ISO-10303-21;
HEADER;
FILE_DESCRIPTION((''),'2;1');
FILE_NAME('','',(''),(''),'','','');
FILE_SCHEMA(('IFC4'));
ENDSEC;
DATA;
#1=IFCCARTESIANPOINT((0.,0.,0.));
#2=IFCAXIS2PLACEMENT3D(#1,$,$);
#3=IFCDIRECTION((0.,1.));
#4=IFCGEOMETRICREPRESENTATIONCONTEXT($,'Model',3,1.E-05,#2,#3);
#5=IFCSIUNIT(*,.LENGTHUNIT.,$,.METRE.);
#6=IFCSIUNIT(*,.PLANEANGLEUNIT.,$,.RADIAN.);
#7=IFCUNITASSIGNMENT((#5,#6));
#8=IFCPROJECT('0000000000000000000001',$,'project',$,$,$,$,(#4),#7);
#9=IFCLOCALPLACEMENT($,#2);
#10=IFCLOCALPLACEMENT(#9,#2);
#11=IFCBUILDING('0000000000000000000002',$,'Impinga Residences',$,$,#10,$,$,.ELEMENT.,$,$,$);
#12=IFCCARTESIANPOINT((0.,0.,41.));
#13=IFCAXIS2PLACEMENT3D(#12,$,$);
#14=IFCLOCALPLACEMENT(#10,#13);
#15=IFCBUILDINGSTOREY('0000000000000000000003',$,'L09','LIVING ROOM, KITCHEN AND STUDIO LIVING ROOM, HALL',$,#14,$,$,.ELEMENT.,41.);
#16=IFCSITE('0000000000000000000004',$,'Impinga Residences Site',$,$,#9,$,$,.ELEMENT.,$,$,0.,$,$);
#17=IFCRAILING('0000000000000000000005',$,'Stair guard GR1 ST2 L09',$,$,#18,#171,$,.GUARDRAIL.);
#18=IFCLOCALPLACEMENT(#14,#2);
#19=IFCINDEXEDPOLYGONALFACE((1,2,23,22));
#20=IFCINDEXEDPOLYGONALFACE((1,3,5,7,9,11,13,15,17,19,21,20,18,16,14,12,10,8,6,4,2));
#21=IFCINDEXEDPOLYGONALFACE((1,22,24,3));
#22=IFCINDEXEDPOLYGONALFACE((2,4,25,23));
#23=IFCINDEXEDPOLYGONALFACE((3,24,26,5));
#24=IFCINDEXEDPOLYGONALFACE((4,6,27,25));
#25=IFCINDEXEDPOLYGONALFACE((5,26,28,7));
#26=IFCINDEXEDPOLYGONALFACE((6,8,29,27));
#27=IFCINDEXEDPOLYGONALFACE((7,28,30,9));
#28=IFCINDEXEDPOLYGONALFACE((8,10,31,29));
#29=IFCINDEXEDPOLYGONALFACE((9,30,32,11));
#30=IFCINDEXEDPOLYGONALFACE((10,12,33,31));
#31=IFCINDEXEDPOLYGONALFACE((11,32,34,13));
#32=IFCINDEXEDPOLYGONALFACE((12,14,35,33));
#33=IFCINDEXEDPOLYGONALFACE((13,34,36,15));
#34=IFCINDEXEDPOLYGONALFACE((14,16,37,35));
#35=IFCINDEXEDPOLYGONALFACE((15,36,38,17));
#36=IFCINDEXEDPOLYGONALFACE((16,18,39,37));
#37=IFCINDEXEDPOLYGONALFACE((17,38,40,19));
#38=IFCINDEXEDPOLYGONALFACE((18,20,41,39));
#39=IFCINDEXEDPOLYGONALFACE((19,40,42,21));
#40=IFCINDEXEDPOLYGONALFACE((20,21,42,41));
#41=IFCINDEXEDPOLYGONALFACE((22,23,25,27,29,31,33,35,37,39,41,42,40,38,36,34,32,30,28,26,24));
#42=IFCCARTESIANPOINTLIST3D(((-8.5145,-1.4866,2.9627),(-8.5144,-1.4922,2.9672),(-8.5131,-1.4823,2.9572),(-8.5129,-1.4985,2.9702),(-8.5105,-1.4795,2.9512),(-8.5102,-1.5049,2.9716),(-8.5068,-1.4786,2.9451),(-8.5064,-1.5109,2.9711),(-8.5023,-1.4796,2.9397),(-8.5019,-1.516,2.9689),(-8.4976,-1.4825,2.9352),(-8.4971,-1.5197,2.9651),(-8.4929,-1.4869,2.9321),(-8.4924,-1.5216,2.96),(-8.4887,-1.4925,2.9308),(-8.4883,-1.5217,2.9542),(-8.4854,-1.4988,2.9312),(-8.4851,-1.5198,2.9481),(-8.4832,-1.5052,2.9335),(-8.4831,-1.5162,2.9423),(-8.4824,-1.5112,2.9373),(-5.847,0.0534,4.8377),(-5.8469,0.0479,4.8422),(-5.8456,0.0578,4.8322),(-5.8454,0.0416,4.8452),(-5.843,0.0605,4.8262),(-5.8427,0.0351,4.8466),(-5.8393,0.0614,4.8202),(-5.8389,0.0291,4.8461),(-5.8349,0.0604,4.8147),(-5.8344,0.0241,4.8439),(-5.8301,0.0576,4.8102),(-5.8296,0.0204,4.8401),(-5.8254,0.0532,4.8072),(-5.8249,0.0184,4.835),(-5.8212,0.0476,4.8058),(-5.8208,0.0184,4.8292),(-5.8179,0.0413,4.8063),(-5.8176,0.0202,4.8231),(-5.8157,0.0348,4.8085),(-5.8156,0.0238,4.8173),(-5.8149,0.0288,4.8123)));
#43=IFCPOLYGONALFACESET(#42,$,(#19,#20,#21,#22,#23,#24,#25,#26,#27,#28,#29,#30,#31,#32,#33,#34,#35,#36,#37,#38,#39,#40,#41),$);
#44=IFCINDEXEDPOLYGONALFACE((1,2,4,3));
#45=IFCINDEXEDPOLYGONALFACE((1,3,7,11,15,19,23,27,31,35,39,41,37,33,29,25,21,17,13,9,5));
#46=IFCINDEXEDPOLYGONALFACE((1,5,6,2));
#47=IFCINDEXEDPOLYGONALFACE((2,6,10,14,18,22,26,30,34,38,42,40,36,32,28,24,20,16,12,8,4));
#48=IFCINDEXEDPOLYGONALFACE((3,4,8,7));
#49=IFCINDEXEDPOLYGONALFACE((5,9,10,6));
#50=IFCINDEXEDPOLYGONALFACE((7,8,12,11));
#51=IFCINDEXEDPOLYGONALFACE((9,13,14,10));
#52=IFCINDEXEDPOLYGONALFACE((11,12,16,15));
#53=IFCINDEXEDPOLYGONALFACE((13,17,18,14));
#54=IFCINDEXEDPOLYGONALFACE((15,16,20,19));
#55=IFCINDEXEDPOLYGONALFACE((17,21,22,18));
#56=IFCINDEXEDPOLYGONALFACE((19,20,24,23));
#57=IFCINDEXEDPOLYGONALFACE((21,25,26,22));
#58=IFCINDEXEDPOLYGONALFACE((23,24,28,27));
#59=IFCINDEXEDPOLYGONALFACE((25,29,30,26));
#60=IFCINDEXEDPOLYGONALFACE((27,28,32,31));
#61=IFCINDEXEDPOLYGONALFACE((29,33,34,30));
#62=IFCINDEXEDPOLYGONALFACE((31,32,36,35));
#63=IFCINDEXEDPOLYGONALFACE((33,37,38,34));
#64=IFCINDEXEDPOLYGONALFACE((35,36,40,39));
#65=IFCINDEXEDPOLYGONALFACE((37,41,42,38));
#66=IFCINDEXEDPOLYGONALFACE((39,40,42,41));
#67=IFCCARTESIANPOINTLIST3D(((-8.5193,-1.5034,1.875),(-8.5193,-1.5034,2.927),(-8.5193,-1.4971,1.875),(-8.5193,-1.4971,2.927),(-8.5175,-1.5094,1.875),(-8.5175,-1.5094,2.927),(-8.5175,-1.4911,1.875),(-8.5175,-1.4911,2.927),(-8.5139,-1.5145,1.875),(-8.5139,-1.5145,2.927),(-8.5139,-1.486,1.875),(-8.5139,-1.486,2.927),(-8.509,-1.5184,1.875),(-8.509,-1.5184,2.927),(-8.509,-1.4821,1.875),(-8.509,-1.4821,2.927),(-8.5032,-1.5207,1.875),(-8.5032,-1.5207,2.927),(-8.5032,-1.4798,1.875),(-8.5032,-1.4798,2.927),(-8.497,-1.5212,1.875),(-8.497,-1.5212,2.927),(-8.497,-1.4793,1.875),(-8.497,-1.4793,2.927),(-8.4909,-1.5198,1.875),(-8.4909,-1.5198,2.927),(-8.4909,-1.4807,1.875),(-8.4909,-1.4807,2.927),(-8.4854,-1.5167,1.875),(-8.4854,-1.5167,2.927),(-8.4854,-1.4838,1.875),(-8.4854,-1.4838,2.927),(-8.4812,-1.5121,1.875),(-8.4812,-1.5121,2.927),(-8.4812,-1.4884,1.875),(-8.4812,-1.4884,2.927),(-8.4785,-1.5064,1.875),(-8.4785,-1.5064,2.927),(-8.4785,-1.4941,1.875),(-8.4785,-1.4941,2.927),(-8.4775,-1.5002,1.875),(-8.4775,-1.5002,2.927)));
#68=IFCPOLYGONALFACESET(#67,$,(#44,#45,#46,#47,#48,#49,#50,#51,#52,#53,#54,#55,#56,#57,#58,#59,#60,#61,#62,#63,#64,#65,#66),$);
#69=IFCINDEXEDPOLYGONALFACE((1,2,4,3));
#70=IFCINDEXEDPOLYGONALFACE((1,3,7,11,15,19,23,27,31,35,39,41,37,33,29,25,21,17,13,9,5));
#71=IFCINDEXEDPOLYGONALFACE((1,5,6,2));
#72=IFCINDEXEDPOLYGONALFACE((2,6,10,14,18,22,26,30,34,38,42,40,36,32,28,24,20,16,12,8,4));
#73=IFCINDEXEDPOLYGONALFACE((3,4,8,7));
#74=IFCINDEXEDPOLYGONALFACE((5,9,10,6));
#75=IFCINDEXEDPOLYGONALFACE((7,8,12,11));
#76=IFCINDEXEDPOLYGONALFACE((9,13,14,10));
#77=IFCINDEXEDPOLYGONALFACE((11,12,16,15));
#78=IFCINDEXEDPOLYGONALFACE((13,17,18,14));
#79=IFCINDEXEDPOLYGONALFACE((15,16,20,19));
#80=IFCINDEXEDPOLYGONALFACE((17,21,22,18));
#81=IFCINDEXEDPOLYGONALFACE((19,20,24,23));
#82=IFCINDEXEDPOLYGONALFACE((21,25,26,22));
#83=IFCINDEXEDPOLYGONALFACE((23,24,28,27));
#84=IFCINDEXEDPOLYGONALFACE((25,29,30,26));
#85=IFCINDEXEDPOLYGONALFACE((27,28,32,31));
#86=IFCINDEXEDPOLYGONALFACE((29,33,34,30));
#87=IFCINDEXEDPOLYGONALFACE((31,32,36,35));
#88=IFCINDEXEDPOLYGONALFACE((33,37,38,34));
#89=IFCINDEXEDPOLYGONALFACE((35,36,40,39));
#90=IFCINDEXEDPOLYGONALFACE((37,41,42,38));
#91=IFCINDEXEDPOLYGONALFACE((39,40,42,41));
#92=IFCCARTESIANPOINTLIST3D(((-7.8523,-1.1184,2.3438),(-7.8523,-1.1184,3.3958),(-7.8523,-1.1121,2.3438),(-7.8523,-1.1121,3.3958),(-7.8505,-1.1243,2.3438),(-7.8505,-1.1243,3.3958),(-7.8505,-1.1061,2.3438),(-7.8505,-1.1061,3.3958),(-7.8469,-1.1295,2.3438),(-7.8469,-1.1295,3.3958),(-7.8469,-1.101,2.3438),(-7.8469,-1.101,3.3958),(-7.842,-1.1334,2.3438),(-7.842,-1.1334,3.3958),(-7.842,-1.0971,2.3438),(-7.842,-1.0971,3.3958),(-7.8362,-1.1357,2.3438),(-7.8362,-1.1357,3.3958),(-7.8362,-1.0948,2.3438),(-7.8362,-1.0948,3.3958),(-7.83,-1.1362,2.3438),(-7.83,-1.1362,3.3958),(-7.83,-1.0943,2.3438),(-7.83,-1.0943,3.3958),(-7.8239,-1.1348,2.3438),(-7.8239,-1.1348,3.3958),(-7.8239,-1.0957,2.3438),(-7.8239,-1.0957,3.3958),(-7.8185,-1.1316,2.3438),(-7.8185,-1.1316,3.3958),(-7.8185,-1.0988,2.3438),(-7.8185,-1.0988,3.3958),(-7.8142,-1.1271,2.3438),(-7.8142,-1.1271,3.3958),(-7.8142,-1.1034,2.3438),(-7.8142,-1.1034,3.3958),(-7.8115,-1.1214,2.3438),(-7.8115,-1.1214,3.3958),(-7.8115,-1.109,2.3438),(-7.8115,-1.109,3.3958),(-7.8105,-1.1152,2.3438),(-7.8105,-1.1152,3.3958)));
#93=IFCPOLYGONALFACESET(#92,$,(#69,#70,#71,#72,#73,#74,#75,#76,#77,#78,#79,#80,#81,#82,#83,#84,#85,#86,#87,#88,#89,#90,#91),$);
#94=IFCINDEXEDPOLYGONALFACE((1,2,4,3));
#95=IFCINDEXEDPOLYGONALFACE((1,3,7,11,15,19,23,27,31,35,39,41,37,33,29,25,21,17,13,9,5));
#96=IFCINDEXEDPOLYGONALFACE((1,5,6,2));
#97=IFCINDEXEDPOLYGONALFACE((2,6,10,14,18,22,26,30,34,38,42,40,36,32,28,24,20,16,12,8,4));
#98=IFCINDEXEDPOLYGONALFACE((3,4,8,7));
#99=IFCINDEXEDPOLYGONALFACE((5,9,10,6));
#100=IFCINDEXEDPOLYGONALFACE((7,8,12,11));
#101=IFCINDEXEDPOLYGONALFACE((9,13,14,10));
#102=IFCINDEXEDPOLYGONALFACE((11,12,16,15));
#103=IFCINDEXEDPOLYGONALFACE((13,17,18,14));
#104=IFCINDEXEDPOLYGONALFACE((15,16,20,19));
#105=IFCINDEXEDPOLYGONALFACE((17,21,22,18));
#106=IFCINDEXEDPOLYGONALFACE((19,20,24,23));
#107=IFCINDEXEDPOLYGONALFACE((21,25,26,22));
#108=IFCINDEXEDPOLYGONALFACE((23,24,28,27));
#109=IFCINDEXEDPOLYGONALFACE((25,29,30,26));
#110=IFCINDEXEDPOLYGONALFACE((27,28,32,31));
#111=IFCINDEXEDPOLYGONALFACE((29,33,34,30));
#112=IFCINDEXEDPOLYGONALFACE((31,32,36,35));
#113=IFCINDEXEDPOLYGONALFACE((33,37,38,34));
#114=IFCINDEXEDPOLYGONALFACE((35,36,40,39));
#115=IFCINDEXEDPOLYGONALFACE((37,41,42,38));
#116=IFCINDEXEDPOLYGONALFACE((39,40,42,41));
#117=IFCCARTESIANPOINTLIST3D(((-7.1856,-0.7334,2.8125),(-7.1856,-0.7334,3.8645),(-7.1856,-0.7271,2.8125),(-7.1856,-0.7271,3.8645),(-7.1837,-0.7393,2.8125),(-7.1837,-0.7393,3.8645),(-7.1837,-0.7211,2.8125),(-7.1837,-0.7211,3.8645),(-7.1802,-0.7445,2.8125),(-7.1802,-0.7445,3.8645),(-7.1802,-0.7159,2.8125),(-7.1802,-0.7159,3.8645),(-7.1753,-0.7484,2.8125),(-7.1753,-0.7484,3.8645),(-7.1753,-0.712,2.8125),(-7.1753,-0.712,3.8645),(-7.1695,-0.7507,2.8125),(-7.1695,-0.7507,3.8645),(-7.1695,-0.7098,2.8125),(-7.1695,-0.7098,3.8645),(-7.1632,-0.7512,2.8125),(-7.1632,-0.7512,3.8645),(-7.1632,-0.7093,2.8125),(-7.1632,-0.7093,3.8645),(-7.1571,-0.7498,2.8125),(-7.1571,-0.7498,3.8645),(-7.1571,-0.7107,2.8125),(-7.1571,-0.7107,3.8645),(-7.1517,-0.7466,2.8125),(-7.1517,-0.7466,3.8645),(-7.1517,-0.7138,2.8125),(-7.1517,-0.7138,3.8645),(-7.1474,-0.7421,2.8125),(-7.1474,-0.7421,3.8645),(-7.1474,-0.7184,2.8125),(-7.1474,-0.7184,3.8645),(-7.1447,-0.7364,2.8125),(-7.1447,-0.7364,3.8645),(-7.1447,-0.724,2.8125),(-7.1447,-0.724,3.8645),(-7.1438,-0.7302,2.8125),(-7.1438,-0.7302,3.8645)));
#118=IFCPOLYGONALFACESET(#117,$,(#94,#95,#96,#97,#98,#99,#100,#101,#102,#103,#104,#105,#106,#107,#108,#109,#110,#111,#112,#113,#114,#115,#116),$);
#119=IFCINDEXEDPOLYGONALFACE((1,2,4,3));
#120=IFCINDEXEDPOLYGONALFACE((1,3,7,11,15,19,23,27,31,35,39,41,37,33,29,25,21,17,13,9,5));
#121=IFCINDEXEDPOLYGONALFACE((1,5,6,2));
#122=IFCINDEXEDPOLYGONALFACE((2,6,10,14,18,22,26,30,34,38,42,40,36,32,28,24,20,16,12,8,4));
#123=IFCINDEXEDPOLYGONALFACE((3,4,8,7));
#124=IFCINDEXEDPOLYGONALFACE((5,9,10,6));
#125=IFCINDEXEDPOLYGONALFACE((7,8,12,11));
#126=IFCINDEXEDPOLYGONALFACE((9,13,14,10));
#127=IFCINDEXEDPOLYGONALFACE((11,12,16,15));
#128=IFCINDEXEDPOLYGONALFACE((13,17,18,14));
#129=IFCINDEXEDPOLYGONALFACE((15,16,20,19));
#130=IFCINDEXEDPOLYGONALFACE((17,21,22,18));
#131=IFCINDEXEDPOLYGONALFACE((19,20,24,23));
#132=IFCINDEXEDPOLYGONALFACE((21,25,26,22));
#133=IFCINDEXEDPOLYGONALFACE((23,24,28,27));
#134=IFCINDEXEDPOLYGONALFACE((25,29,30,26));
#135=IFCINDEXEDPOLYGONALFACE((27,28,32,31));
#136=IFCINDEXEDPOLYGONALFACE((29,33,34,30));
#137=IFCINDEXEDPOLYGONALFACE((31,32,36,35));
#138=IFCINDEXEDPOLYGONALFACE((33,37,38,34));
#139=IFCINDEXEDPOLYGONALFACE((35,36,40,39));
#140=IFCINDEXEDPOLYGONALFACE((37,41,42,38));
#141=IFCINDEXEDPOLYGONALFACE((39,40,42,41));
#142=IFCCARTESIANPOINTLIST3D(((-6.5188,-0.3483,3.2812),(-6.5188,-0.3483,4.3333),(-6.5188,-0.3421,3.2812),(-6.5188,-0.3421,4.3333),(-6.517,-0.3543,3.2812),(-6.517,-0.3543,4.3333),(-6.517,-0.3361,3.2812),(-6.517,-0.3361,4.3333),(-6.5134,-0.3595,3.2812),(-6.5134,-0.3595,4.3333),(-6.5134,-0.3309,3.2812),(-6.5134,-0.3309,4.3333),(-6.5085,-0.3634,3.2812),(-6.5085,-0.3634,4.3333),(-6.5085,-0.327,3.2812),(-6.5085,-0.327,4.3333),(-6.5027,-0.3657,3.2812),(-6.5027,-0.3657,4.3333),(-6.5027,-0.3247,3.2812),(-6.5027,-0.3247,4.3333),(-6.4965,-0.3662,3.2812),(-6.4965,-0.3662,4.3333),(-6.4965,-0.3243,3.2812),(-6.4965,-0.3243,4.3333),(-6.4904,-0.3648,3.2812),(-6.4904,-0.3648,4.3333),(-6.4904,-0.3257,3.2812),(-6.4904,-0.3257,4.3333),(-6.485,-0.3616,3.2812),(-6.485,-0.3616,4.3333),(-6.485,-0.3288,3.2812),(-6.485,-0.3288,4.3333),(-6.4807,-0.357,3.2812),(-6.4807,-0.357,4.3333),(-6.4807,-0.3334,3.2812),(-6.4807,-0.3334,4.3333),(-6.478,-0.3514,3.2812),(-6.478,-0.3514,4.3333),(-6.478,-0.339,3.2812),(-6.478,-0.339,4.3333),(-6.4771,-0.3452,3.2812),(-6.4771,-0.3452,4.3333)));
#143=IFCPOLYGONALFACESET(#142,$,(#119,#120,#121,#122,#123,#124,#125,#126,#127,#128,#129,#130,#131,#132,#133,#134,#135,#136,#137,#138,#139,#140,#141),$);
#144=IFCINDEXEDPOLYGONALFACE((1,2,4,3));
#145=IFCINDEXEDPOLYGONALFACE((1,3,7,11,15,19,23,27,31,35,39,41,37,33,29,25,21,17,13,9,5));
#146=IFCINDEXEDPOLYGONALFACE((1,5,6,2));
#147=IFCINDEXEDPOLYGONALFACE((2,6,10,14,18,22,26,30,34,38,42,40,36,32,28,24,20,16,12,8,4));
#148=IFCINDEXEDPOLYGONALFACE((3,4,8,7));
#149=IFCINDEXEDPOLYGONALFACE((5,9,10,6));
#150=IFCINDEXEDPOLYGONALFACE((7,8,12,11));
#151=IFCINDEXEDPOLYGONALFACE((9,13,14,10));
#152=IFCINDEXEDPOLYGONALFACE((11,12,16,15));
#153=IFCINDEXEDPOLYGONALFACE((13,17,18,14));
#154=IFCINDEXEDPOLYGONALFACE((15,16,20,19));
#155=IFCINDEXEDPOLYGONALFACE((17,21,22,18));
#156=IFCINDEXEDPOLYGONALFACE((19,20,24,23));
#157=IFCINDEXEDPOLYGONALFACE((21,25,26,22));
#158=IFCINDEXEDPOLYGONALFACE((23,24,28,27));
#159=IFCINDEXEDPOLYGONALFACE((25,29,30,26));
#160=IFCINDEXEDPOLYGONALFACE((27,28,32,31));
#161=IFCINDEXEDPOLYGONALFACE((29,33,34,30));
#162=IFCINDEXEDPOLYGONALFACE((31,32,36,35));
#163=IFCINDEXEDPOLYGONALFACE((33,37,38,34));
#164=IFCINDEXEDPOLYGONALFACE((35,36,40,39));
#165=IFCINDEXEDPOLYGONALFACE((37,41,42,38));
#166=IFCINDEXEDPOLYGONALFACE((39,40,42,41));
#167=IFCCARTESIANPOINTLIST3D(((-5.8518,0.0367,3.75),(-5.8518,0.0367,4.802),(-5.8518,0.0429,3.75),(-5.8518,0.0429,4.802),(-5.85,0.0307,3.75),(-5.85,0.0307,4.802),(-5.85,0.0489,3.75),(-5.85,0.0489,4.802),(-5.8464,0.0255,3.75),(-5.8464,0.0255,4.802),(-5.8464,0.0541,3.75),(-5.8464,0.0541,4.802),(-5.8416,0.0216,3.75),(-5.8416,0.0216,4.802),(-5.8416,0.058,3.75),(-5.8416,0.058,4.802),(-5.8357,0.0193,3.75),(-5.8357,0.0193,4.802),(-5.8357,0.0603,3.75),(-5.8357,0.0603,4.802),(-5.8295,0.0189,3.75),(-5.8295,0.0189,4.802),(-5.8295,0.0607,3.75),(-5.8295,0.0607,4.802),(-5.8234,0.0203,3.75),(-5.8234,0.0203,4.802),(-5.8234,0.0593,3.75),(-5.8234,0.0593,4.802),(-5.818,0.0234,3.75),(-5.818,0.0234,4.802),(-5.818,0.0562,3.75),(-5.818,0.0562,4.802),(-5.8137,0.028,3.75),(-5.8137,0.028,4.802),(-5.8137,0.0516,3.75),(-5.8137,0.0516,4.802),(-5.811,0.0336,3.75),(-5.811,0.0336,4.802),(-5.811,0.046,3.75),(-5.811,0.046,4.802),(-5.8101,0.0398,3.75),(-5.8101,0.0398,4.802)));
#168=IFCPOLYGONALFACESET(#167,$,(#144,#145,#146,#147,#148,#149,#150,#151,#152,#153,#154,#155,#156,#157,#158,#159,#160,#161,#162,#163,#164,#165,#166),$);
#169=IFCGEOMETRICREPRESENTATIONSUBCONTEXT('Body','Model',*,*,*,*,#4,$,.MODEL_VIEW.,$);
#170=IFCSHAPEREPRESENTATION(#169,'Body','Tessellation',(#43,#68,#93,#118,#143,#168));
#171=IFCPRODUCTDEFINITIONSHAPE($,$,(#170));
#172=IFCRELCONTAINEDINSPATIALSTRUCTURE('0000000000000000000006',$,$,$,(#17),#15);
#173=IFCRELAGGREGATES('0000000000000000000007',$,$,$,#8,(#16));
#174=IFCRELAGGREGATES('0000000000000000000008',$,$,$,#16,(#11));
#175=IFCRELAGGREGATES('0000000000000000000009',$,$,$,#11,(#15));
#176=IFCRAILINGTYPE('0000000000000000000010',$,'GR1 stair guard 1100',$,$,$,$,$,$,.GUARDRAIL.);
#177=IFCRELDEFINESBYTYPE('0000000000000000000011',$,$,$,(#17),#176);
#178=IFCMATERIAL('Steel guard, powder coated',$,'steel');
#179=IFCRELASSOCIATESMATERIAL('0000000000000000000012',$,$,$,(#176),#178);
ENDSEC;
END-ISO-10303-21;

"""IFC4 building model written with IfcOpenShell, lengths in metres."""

from ifc_helpers import new_model, si_unit, direction, frame, origin, origin_2d, place, context, subcontext, project, spatial, circle, extrude, material, type_object, element, save


model = new_model("IFC4")

# Units and contexts
model_context = context("Model", 3, precision=1e-05, world=origin(), true_north=direction((0.0, 1.0)))
body_context = subcontext(model_context, "Body", "Model", "MODEL_VIEW")
ifc_project = project(units=[si_unit("LENGTHUNIT", "METRE"), si_unit("PLANEANGLEUNIT", "RADIAN")], contexts=[model_context])

# Site, building, storey
site_placement = place(None, origin())
site = spatial("IfcSite", under=ifc_project, at=site_placement, Name="Impinga Residences Site", CompositionType="ELEMENT", RefElevation=0.0)
building_placement = place(site_placement, origin())
building = spatial("IfcBuilding", under=site, at=building_placement, Name="Impinga Residences", CompositionType="ELEMENT")
storey_placement = place(building_placement, frame((0.0, 0.0, 41.0)))
storey = spatial("IfcBuildingStorey", under=building, at=storey_placement, Name="L09", Description="LIVING ROOM, KITCHEN AND STUDIO LIVING ROOM, HALL", CompositionType="ELEMENT", Elevation=41.0)

# Railing
ifc_material_1 = material(Name="Steel guard, powder coated", Category="steel")
railing_type = type_object("IfcRailingType", Name="GR1 stair guard 1100", PredefinedType="GUARDRAIL", material=ifc_material_1)
railing_placement = place(storey_placement, frame((-8.4985, -1.5002, 1.875)))
element("IfcRailing", 1, at=railing_placement, inside=storey, type_object=railing_type, Name="Stair guard GR1 ST2 L09", PredefinedType="GUARDRAIL", context=body_context, shape_type="SweptSolid", body=[
    extrude(circle(Radius=0.0239, at=origin_2d()), frame((0.0, 0.0, 1.0762), z_axis=(0.739746, 0.427084, 0.519975), x_axis=(-0.499992, 0.86603, 0.0)), (0.0, 0.0, 1.0), 3.606),
    extrude(circle(Radius=0.021, at=origin_2d()), origin(), (0.0, 0.0, 1.0), 1.052),
    extrude(circle(Radius=0.021, at=origin_2d()), frame((0.667, 0.385, 0.4688)), (0.0, 0.0, 1.0), 1.052),
    extrude(circle(Radius=0.021, at=origin_2d()), frame((1.3337, 0.77, 0.9375)), (0.0, 0.0, 1.0), 1.052),
    extrude(circle(Radius=0.021, at=origin_2d()), frame((2.0005, 1.155, 1.4062)), (0.0, 0.0, 1.0), 1.052),
    extrude(circle(Radius=0.021, at=origin_2d()), frame((2.6675, 1.54, 1.875)), (0.0, 0.0, 1.0), 1.052),
])

save(model, "model.ifc")
